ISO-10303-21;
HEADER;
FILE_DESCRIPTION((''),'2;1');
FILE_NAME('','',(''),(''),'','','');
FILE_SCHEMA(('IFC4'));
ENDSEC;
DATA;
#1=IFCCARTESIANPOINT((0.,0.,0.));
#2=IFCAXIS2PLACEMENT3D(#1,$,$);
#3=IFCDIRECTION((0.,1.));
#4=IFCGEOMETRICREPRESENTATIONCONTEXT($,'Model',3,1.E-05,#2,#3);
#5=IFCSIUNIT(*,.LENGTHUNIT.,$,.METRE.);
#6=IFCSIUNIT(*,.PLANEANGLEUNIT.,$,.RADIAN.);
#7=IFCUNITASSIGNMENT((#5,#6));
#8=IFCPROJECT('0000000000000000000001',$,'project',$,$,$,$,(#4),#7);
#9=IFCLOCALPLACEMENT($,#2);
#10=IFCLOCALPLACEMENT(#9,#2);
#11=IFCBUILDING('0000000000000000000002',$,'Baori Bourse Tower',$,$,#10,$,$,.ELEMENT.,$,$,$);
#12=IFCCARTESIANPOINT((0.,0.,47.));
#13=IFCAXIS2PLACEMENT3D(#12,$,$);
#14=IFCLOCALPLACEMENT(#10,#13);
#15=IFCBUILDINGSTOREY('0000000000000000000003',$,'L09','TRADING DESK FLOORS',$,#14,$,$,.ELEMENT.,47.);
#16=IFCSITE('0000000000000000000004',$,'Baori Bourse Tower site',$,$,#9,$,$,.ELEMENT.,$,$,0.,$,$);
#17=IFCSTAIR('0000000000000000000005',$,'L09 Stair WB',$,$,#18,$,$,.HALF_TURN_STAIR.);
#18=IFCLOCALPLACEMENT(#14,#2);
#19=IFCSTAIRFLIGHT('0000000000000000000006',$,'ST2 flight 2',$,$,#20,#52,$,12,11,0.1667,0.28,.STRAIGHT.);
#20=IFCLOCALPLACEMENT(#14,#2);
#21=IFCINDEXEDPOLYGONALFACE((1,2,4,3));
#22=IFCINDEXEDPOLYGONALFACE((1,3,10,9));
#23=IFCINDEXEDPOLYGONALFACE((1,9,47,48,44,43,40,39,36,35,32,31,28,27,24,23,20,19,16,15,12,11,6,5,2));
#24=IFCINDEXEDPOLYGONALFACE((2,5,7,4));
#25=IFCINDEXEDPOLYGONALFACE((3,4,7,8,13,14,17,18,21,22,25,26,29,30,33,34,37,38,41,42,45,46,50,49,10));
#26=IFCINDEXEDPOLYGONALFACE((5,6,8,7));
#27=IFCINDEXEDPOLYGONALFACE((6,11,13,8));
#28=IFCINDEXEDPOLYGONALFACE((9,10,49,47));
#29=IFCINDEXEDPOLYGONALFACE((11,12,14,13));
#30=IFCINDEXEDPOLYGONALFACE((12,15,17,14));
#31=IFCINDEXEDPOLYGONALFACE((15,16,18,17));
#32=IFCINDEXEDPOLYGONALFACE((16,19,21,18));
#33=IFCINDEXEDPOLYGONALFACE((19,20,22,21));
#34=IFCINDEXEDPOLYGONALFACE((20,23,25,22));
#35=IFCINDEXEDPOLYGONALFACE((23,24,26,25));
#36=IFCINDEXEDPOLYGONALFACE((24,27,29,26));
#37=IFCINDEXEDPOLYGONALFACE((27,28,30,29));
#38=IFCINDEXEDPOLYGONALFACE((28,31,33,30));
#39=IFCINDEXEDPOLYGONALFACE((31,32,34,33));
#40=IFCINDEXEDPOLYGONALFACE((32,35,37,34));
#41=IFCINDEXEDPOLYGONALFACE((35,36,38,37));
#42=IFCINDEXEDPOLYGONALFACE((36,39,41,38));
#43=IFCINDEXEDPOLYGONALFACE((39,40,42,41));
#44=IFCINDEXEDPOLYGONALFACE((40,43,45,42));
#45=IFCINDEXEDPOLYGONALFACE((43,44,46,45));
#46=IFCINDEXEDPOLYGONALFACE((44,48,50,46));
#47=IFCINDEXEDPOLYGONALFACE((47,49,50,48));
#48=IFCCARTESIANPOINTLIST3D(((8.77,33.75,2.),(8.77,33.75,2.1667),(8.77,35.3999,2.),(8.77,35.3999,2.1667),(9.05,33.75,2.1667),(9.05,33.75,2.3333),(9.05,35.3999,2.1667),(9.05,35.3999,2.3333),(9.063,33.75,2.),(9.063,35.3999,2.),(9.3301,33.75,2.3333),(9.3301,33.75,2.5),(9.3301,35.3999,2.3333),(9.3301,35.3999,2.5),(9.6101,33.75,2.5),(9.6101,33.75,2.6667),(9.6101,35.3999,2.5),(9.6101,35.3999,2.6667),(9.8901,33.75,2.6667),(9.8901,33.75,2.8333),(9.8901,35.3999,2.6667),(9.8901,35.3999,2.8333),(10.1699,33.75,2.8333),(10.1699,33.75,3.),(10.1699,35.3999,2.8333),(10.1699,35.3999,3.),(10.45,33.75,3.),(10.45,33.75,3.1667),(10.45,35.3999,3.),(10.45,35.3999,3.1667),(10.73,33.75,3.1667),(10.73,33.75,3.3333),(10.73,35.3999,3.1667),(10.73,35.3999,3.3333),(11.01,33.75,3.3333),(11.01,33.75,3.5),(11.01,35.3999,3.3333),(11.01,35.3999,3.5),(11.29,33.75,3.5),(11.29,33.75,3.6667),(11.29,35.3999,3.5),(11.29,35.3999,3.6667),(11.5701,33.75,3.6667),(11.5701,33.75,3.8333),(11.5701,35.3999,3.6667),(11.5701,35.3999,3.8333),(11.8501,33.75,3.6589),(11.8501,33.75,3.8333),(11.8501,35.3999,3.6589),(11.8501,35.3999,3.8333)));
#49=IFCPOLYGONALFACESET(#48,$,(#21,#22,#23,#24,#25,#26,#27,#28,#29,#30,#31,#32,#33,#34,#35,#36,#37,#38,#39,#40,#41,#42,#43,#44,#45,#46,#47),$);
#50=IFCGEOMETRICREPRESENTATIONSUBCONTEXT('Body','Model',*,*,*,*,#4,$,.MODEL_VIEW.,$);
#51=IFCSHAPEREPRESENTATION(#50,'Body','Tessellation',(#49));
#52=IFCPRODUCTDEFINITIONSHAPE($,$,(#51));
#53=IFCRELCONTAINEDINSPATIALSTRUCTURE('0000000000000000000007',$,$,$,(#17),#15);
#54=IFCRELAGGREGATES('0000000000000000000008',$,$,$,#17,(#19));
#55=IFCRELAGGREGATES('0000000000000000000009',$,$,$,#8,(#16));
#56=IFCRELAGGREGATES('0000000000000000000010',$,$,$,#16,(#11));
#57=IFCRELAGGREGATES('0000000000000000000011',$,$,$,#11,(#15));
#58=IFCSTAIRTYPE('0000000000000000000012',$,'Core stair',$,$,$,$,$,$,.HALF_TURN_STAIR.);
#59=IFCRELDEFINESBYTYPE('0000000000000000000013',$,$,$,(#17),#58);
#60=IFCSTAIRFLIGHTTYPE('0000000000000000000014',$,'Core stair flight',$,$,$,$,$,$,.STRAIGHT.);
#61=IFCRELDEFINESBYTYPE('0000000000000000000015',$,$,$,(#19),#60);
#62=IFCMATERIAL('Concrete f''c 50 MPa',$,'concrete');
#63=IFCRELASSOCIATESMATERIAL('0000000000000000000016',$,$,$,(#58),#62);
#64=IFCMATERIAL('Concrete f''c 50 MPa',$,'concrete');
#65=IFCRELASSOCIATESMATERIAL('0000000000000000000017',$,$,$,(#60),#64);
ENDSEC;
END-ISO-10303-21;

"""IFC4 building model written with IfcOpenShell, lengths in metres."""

from ifc_helpers import new_model, si_unit, direction, frame, origin, place, context, subcontext, project, spatial, polyline, outline, extrude, material, type_object, element, aggregate, save


model = new_model("IFC4")

# Units and contexts
model_context = context("Model", 3, precision=1e-05, world=origin(), true_north=direction((0.0, 1.0)))
body_context = subcontext(model_context, "Body", "Model", "MODEL_VIEW")
ifc_project = project(units=[si_unit("LENGTHUNIT", "METRE"), si_unit("PLANEANGLEUNIT", "RADIAN")], contexts=[model_context])

# Site, building, storey
site_placement = place(None, origin())
site = spatial("IfcSite", under=ifc_project, at=site_placement, Name="Baori Bourse Tower site", CompositionType="ELEMENT", RefElevation=0.0)
building_placement = place(site_placement, origin())
building = spatial("IfcBuilding", under=site, at=building_placement, Name="Baori Bourse Tower", CompositionType="ELEMENT")
storey_placement = place(building_placement, frame((0.0, 0.0, 47.0)))
storey = spatial("IfcBuildingStorey", under=building, at=storey_placement, Name="L09", Description="TRADING DESK FLOORS", CompositionType="ELEMENT", Elevation=47.0)

# Stair, stair flight
ifc_material_1 = material(Name="Concrete f'c 50 MPa", Category="concrete")
stair_type = type_object("IfcStairType", Name="Core stair", PredefinedType="HALF_TURN_STAIR", material=ifc_material_1)
stair_placement = place(storey_placement, origin())
stair = element("IfcStair", 1, at=stair_placement, inside=storey, type_object=stair_type, Name="L09 Stair WB", PredefinedType="HALF_TURN_STAIR")
ifc_material_2 = material(Name="Concrete f'c 50 MPa", Category="concrete")
stair_flight_type = type_object("IfcStairFlightType", Name="Core stair flight", PredefinedType="STRAIGHT", material=ifc_material_2)
stair_flight_1_placement = place(storey_placement, frame((8.77, 34.575, 2.0), z_axis=(0.0, 0.0, 1.0), x_axis=(1.0, 0.0, 0.0)))
stair_flight_1 = element("IfcStairFlight", 2, at=stair_flight_1_placement, type_object=stair_flight_type, Name="ST2 flight 2", NumberOfRisers=12, NumberOfTreads=11, PredefinedType="STRAIGHT", RiserHeight=0.1667, TreadLength=0.28, context=body_context, shape_type="SweptSolid", body=[
    extrude(outline(polyline([(0.0, 0.0), (0.0, 0.1667), (0.28, 0.1667), (0.28, 0.3333), (0.5601, 0.3333), (0.5601, 0.5), (0.8401, 0.5), (0.8401, 0.6667), (1.1201, 0.6667), (1.1201, 0.8333), (1.3999, 0.8333), (1.3999, 1.0), (1.6799, 1.0), (1.6799, 1.1667), (1.96, 1.1667), (1.96, 1.3333), (2.24, 1.3333), (2.24, 1.5), (2.52, 1.5), (2.52, 1.6667), (2.8, 1.6667), (2.8, 1.8333), (3.0801, 1.8333), (3.0801, 2.0), (3.0801, 1.6589), (0.293, 0.0), (0.0, 0.0)])), frame((0.0, 0.825, 0.0), z_axis=(0.0, -1.0, 0.0), x_axis=(1.0, 0.0, 0.0)), (0.0, 0.0, 1.0), 1.6499),
])
aggregate(stair, [stair_flight_1])

save(model, "model.ifc")
